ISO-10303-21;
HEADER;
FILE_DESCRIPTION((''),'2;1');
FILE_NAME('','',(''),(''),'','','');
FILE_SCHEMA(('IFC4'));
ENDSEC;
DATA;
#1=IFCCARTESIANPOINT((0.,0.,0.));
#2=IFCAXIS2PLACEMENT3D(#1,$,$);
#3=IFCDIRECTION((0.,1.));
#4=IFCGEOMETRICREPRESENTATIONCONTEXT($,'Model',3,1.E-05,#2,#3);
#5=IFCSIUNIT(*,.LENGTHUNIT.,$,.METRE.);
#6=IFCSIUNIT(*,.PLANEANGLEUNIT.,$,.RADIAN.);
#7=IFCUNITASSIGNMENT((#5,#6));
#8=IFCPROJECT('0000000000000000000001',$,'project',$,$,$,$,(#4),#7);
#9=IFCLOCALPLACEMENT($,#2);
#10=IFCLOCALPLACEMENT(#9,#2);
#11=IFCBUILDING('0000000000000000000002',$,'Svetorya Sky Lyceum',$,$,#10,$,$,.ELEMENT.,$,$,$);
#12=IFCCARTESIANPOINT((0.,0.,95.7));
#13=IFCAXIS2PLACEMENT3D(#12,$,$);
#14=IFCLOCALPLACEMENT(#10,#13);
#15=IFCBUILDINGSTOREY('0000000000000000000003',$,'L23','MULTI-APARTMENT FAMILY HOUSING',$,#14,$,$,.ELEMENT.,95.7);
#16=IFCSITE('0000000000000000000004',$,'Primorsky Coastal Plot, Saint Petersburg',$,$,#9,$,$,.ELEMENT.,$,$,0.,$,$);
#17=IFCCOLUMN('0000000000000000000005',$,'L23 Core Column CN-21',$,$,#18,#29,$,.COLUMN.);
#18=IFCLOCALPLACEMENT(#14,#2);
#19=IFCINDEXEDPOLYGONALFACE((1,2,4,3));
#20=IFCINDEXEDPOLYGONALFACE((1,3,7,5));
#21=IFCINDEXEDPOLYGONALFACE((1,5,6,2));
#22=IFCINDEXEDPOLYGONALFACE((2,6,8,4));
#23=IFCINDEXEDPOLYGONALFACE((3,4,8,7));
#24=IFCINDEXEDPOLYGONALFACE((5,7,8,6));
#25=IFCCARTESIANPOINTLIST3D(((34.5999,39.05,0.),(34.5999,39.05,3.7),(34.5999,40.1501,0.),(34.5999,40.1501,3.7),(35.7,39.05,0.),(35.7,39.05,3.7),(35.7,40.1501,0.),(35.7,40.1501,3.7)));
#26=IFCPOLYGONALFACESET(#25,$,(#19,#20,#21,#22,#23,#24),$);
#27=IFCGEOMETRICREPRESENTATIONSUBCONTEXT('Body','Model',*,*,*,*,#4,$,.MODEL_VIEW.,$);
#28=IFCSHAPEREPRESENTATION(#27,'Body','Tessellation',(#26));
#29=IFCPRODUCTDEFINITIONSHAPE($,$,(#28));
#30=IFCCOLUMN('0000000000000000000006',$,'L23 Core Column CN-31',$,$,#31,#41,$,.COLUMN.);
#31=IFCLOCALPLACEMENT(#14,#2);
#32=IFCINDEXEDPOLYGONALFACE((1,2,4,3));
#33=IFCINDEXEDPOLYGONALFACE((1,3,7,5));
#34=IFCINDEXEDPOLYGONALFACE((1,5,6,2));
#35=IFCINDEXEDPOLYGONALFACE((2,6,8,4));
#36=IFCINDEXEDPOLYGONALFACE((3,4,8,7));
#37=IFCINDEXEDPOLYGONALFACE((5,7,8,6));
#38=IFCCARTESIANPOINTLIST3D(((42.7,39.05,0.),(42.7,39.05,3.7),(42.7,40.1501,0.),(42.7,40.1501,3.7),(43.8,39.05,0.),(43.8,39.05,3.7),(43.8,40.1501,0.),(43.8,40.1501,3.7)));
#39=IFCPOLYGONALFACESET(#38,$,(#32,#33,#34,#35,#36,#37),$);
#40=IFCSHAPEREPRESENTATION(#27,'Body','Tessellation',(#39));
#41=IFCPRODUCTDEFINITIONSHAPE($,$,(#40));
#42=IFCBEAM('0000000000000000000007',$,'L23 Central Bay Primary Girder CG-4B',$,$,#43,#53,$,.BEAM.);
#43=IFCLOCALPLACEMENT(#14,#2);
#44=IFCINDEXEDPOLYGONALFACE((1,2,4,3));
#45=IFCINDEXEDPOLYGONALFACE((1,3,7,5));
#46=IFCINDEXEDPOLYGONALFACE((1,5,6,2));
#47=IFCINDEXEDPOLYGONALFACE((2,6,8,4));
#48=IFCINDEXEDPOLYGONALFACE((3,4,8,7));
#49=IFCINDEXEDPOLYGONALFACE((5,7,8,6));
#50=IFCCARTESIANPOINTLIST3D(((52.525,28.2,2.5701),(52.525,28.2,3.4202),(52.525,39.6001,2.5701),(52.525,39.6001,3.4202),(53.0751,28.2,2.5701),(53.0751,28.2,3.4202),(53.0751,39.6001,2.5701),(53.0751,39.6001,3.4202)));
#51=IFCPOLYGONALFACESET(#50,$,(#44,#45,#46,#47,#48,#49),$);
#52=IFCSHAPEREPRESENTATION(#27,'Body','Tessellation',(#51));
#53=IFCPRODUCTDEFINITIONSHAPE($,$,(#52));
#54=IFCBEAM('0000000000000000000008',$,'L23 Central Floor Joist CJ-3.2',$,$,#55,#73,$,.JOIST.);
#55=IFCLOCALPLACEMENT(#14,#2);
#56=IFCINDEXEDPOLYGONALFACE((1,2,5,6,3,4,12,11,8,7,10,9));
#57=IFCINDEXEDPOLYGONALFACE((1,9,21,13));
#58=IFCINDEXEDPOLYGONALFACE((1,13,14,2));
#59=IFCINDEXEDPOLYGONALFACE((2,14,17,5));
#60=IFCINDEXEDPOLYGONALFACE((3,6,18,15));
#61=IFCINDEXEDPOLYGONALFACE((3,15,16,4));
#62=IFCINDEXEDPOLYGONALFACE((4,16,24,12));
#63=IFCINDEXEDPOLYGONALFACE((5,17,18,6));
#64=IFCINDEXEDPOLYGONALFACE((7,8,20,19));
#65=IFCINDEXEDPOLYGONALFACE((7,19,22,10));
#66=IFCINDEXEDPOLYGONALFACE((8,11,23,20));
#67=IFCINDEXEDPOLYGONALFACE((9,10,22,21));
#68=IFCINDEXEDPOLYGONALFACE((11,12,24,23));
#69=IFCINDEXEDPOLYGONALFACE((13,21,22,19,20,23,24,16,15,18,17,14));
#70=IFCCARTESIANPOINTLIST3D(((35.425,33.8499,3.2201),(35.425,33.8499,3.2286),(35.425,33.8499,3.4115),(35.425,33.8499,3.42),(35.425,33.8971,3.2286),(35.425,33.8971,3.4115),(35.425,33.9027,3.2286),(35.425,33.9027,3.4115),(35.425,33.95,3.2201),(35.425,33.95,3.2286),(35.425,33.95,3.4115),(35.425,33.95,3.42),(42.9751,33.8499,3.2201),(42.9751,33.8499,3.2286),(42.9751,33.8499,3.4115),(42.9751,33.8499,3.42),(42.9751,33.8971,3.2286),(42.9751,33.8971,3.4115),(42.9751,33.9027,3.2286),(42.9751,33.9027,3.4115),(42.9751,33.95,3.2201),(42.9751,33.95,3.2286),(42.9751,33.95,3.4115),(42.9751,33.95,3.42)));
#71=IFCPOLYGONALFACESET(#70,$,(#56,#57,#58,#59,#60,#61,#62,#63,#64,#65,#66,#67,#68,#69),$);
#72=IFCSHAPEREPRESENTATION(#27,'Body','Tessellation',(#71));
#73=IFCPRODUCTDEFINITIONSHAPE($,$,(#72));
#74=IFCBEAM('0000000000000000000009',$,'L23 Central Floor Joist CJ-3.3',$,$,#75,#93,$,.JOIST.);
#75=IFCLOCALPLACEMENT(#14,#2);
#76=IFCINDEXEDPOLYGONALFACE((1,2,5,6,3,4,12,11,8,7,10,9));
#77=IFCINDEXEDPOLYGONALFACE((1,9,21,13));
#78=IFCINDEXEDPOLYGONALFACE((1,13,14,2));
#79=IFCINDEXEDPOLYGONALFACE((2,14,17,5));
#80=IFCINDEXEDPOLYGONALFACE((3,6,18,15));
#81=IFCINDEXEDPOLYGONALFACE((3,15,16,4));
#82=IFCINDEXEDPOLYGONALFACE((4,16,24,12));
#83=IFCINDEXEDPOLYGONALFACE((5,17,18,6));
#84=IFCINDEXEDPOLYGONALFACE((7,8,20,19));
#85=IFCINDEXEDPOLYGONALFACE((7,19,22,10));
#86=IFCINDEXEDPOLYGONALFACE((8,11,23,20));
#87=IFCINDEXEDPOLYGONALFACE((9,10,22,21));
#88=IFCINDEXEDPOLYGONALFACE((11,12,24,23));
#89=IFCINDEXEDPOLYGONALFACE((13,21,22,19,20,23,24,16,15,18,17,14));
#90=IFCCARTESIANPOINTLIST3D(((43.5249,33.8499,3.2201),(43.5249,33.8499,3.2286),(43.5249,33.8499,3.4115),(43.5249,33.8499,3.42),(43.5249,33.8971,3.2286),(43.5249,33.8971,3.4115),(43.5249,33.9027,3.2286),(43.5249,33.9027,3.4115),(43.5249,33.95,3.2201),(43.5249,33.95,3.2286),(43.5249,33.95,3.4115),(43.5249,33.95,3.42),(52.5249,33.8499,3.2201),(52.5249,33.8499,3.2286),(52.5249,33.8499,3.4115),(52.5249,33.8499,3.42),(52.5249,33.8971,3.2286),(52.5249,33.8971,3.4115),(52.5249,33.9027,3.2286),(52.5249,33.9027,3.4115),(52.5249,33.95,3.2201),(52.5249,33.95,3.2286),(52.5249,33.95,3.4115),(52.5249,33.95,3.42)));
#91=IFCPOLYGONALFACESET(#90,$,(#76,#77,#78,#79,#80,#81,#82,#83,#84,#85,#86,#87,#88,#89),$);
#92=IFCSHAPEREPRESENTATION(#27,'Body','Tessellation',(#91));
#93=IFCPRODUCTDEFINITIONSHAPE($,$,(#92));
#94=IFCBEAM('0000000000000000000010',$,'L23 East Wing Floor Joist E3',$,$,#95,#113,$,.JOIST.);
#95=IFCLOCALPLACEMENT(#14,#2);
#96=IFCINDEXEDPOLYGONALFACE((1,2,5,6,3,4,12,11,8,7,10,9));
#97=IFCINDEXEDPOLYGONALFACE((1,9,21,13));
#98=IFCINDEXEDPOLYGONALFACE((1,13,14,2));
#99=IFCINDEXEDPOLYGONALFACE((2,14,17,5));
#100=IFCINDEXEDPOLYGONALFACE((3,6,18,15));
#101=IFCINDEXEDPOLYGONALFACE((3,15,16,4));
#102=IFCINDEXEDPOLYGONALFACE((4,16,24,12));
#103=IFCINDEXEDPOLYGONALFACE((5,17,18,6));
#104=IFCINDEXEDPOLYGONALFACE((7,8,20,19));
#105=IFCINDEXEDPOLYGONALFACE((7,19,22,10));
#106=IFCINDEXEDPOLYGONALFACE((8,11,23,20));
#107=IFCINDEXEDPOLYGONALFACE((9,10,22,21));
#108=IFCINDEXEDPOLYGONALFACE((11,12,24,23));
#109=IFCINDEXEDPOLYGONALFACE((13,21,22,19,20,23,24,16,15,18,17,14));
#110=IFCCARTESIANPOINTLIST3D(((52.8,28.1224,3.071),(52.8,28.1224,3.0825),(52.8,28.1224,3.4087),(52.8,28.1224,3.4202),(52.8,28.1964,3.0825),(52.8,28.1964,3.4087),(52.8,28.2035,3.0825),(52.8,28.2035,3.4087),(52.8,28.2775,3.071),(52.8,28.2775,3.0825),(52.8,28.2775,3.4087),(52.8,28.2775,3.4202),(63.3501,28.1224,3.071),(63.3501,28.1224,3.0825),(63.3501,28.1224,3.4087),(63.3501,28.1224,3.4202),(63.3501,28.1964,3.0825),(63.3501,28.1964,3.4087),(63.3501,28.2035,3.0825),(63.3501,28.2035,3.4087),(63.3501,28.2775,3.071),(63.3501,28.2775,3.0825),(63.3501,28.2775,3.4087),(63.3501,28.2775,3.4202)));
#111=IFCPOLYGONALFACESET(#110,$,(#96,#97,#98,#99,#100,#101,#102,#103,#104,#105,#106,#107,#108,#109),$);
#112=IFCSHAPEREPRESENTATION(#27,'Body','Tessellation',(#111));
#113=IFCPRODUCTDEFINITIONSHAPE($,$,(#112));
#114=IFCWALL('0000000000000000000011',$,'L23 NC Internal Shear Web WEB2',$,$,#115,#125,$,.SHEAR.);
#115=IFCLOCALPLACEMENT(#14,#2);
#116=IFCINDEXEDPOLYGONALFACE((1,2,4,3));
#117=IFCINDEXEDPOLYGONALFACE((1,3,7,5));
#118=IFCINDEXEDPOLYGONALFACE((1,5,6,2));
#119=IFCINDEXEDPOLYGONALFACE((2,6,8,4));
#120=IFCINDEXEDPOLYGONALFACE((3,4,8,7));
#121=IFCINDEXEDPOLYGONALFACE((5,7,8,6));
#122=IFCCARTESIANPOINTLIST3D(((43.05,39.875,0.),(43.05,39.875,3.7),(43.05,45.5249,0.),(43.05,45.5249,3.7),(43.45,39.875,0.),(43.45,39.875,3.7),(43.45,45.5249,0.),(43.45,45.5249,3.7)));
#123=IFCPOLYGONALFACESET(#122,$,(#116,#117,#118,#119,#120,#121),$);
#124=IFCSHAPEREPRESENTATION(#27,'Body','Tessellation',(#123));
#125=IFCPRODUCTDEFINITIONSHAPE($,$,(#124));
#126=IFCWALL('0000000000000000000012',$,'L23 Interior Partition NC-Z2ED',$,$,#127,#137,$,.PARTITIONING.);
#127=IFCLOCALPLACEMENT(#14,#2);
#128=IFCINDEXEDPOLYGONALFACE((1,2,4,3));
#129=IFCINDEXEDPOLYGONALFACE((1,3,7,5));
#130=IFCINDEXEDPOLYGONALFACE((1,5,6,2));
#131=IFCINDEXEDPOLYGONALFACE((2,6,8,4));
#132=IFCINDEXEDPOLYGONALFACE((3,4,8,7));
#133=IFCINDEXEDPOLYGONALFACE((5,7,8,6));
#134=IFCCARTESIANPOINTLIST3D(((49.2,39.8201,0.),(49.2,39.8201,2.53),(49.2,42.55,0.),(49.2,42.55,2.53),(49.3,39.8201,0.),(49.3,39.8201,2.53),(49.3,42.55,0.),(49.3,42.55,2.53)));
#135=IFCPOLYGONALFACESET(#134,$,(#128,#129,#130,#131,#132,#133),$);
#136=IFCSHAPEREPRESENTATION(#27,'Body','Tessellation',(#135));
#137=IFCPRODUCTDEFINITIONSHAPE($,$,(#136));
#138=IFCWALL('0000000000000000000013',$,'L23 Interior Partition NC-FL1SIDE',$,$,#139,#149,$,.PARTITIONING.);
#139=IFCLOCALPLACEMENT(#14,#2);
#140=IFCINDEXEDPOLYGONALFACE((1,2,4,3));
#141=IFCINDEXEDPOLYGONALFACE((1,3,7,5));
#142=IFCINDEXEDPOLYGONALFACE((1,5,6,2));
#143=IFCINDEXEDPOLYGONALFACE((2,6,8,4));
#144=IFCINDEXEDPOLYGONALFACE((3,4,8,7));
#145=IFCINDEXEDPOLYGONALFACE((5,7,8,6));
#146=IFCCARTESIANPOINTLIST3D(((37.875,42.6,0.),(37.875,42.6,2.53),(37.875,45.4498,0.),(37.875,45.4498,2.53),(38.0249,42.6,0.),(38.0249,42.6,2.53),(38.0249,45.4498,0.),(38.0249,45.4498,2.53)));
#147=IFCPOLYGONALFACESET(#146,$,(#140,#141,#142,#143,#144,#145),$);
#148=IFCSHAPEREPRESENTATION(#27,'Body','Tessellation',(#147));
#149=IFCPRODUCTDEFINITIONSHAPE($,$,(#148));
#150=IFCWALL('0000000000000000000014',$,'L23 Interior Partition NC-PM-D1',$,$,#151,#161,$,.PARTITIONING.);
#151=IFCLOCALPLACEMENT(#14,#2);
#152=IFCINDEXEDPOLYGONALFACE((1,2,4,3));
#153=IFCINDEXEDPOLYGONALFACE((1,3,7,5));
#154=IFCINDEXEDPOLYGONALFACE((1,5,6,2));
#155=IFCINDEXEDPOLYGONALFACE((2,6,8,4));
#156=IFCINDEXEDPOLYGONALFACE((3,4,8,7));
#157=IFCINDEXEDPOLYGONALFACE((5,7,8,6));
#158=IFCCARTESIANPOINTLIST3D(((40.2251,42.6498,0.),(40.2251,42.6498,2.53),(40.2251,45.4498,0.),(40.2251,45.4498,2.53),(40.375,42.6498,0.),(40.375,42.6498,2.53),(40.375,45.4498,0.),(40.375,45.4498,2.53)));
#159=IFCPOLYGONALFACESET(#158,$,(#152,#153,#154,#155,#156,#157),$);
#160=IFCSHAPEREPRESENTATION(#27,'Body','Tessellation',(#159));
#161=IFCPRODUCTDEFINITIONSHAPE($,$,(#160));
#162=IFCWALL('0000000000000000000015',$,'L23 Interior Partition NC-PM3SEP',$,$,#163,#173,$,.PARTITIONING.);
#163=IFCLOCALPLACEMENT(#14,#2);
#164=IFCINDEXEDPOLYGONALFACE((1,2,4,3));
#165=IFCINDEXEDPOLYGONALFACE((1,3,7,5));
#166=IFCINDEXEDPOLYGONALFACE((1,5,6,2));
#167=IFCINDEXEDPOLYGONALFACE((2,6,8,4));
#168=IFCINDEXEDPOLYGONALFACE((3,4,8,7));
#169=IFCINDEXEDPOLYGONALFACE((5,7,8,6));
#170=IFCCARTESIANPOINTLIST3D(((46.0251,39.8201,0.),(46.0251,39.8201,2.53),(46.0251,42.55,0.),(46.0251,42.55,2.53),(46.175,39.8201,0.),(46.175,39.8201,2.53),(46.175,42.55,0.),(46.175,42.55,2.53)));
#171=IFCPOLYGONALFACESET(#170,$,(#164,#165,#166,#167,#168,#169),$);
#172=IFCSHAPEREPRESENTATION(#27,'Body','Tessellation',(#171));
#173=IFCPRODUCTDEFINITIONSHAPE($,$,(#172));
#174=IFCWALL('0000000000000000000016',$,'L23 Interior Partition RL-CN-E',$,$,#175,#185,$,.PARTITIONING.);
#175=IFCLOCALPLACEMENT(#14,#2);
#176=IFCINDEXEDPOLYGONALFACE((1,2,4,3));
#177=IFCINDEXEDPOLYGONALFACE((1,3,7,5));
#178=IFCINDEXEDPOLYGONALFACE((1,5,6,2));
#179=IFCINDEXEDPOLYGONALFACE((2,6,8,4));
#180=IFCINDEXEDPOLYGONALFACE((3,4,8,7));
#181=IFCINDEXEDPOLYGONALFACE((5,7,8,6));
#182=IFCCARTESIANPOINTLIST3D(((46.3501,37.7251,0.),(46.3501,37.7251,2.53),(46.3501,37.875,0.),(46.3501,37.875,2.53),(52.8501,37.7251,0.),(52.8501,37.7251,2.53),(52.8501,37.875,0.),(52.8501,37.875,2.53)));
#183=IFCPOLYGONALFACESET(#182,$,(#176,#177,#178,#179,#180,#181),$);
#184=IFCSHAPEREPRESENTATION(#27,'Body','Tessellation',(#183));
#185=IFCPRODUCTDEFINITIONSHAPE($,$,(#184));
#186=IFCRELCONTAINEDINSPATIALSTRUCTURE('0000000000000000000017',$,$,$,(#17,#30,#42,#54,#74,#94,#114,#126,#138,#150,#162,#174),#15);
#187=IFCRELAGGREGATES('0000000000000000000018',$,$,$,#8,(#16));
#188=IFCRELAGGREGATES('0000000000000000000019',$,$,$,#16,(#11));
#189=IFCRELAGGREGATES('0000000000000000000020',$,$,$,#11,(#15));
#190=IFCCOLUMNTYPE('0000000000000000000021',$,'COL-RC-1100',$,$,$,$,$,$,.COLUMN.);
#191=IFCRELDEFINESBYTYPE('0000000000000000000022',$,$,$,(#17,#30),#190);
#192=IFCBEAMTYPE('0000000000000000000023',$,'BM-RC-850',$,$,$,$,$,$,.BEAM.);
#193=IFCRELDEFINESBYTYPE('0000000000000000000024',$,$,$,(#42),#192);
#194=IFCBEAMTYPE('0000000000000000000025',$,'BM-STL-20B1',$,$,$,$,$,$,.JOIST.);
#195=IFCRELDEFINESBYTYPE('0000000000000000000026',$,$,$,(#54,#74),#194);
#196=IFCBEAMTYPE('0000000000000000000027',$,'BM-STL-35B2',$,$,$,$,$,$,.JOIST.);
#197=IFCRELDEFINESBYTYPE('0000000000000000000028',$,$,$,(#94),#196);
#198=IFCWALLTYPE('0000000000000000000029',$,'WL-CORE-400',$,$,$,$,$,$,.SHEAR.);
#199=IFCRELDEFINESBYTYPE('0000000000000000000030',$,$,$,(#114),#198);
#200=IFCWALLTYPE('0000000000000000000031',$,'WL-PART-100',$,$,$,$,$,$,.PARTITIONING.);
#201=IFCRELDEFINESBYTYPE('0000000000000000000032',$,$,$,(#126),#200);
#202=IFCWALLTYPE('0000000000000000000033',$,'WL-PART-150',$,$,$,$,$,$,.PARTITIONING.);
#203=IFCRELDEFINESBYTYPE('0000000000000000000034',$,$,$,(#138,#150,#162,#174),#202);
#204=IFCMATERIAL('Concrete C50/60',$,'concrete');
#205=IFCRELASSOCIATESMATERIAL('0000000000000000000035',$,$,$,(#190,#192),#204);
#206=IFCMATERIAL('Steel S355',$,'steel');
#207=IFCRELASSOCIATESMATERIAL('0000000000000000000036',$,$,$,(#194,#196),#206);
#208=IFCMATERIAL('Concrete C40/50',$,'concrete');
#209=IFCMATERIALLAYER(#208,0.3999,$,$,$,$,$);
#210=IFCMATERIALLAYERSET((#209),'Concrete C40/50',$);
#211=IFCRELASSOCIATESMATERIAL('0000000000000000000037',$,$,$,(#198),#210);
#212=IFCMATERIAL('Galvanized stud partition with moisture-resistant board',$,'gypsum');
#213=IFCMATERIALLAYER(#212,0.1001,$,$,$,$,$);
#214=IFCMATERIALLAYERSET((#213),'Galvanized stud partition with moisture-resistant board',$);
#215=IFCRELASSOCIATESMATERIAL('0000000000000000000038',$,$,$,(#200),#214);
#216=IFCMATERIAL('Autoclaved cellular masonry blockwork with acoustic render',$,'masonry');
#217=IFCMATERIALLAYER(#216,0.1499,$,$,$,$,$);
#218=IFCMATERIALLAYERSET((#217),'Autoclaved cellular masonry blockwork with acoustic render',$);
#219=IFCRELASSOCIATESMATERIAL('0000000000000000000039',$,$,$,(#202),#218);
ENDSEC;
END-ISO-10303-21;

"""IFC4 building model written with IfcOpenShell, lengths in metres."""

from ifc_helpers import new_model, si_unit, direction, frame, frame_2d, origin, origin_2d, place, context, subcontext, project, spatial, rectangle, i_section, extrude, material, layer, layer_set, material_profile, profile_set, type_object, element, save


model = new_model("IFC4")

# Units and contexts
model_context = context("Model", 3, precision=1e-05, world=origin(), true_north=direction((0.0, 1.0)))
body_context = subcontext(model_context, "Body", "Model", "MODEL_VIEW")
ifc_project = project(units=[si_unit("LENGTHUNIT", "METRE"), si_unit("PLANEANGLEUNIT", "RADIAN")], contexts=[model_context])

# Site, building, storey
site_placement = place(None, origin())
site = spatial("IfcSite", under=ifc_project, at=site_placement, Name="Primorsky Coastal Plot, Saint Petersburg", CompositionType="ELEMENT", RefElevation=0.0)
building_placement = place(site_placement, origin())
building = spatial("IfcBuilding", under=site, at=building_placement, Name="Svetorya Sky Lyceum", CompositionType="ELEMENT")
storey_placement = place(building_placement, frame((0.0, 0.0, 95.7)))
storey = spatial("IfcBuildingStorey", under=building, at=storey_placement, Name="L23", Description="MULTI-APARTMENT FAMILY HOUSING", CompositionType="ELEMENT", Elevation=95.7)

# Columns
ifc_material_1 = material(Name="Concrete C50/60", Category="concrete")
ifc_material_profile_1 = material_profile(ifc_material_1, rectangle(XDim=1.1001, YDim=1.1001, at=origin_2d()), Name="RC COL 1100x1100")
ifc_profile_set_1 = profile_set([ifc_material_profile_1], Name="Concrete C50/60")
column_type = type_object("IfcColumnType", Name="COL-RC-1100", PredefinedType="COLUMN", material=ifc_profile_set_1)
for number, where, z_axis, x_axis, name in (
    (1, (35.1499, 39.6001, 0.0), (0.0, 0.0, 1.0), (1.0, 0.0, 0.0), "L23 Core Column CN-21"),
    (2, (43.25, 39.6001, 0.0), (0.0, 0.0, 1.0), (1.0, 0.0, 0.0), "L23 Core Column CN-31"),
):
    element("IfcColumn", number, at=place(storey_placement, frame(where, z_axis=z_axis, x_axis=x_axis)), inside=storey, type_object=column_type, Name=name, PredefinedType="COLUMN", context=body_context, shape_type="SweptSolid", body=[
        extrude(rectangle(XDim=1.1001, YDim=1.1001, at=origin_2d()), origin(), (0.0, 0.0, 1.0), 3.7),
    ])

# Beams
ifc_material_profile_2 = material_profile(ifc_material_1, rectangle(XDim=0.55, YDim=0.8501, at=origin_2d()), Name="RC BEAM 550x850")
ifc_profile_set_2 = profile_set([ifc_material_profile_2], Name="Concrete C50/60")
beam_type_1 = type_object("IfcBeamType", Name="BM-RC-850", PredefinedType="BEAM", material=ifc_profile_set_2)
beam_1_placement = place(storey_placement, frame((52.8, 28.2, 2.9951), z_axis=(0.0, 1.0, 0.0), x_axis=(-1.0, 0.0, 0.0)))
element("IfcBeam", 3, at=beam_1_placement, inside=storey, type_object=beam_type_1, Name="L23 Central Bay Primary Girder CG-4B", PredefinedType="BEAM", context=body_context, shape_type="SweptSolid", body=[
    extrude(rectangle(XDim=0.55, YDim=0.8501, at=origin_2d()), origin(), (0.0, 0.0, 1.0), 11.4001),
])
ifc_material_2 = material(Name="Steel S355", Category="steel")
ifc_material_profile_3 = material_profile(ifc_material_2, i_section(OverallWidth=0.1001, OverallDepth=0.2, WebThickness=0.0056, FlangeThickness=0.0085, at=origin_2d()), Name="GOST 20B1")
ifc_profile_set_3 = profile_set([ifc_material_profile_3], Name="Steel S355")
beam_type_2 = type_object("IfcBeamType", Name="BM-STL-20B1", PredefinedType="JOIST", material=ifc_profile_set_3)
beam_2_placement = place(storey_placement, frame((35.425, 33.8999, 3.3201), z_axis=(1.0, 0.0, 0.0), x_axis=(0.0, 1.0, 0.0)))
element("IfcBeam", 4, at=beam_2_placement, inside=storey, type_object=beam_type_2, Name="L23 Central Floor Joist CJ-3.2", PredefinedType="JOIST", context=body_context, shape_type="SweptSolid", body=[
    extrude(i_section(OverallWidth=0.1001, OverallDepth=0.2, WebThickness=0.0056, FlangeThickness=0.0085, at=origin_2d()), origin(), (0.0, 0.0, 1.0), 7.55),
])
beam_3_placement = place(storey_placement, frame((43.5249, 33.8999, 3.3201), z_axis=(1.0, 0.0, 0.0), x_axis=(0.0, 1.0, 0.0)))
element("IfcBeam", 5, at=beam_3_placement, inside=storey, type_object=beam_type_2, Name="L23 Central Floor Joist CJ-3.3", PredefinedType="JOIST", context=body_context, shape_type="SweptSolid", body=[
    extrude(i_section(OverallWidth=0.1001, OverallDepth=0.2, WebThickness=0.0056, FlangeThickness=0.0085, at=origin_2d()), origin(), (0.0, 0.0, 1.0), 9.0),
])
ifc_material_profile_4 = material_profile(ifc_material_2, i_section(OverallWidth=0.155, OverallDepth=0.3491, WebThickness=0.0071, FlangeThickness=0.0115, at=origin_2d()), Name="GOST 35B2")
ifc_profile_set_4 = profile_set([ifc_material_profile_4], Name="Steel S355")
beam_type_3 = type_object("IfcBeamType", Name="BM-STL-35B2", PredefinedType="JOIST", material=ifc_profile_set_4)
beam_4_placement = place(storey_placement, frame((52.8, 28.2, 3.2456), z_axis=(1.0, 0.0, 0.0), x_axis=(0.0, 1.0, 0.0)))
element("IfcBeam", 6, at=beam_4_placement, inside=storey, type_object=beam_type_3, Name="L23 East Wing Floor Joist E3", PredefinedType="JOIST", context=body_context, shape_type="SweptSolid", body=[
    extrude(i_section(OverallWidth=0.155, OverallDepth=0.3491, WebThickness=0.0071, FlangeThickness=0.0115, at=origin_2d()), origin(), (0.0, 0.0, 1.0), 10.55),
])

# Walls
ifc_material_3 = material(Name="Concrete C40/50", Category="concrete")
ifc_layer_1 = layer(ifc_material_3, 0.3999)
ifc_layer_set_1 = layer_set([ifc_layer_1], Name="Concrete C40/50")
wall_type_1 = type_object("IfcWallType", Name="WL-CORE-400", PredefinedType="SHEAR", material=ifc_layer_set_1)
wall_1_placement = place(storey_placement, frame((43.25, 39.875, 0.0), z_axis=(0.0, 0.0, 1.0), x_axis=(0.0, 1.0, 0.0)))
element("IfcWall", 7, at=wall_1_placement, inside=storey, type_object=wall_type_1, Name="L23 NC Internal Shear Web WEB2", PredefinedType="SHEAR", context=body_context, shape_type="SweptSolid", body=[
    extrude(rectangle(XDim=5.6499, YDim=0.3999, at=frame_2d((2.825, 0.0))), origin(), (0.0, 0.0, 1.0), 3.7),
])
ifc_material_4 = material(Name="Galvanized stud partition with moisture-resistant board", Category="gypsum")
ifc_layer_2 = layer(ifc_material_4, 0.1001)
ifc_layer_set_2 = layer_set([ifc_layer_2], Name="Galvanized stud partition with moisture-resistant board")
wall_type_2 = type_object("IfcWallType", Name="WL-PART-100", PredefinedType="PARTITIONING", material=ifc_layer_set_2)
wall_2_placement = place(storey_placement, frame((49.25, 39.8201, 0.0), z_axis=(0.0, 0.0, 1.0), x_axis=(0.0, 1.0, 0.0)))
element("IfcWall", 8, at=wall_2_placement, inside=storey, type_object=wall_type_2, Name="L23 Interior Partition NC-Z2ED", PredefinedType="PARTITIONING", context=body_context, shape_type="SweptSolid", body=[
    extrude(rectangle(XDim=2.73, YDim=0.1001, at=frame_2d((1.365, 0.0))), origin(), (0.0, 0.0, 1.0), 2.53),
])
ifc_material_5 = material(Name="Autoclaved cellular masonry blockwork with acoustic render", Category="masonry")
ifc_layer_3 = layer(ifc_material_5, 0.1499)
ifc_layer_set_3 = layer_set([ifc_layer_3], Name="Autoclaved cellular masonry blockwork with acoustic render")
wall_type_3 = type_object("IfcWallType", Name="WL-PART-150", PredefinedType="PARTITIONING", material=ifc_layer_set_3)
wall_3_placement = place(storey_placement, frame((37.95, 42.6001, 0.0), z_axis=(0.0, 0.0, 1.0), x_axis=(0.0, 1.0, 0.0)))
element("IfcWall", 9, at=wall_3_placement, inside=storey, type_object=wall_type_3, Name="L23 Interior Partition NC-FL1SIDE", PredefinedType="PARTITIONING", context=body_context, shape_type="SweptSolid", body=[
    extrude(rectangle(XDim=2.8499, YDim=0.1499, at=frame_2d((1.4248, 0.0))), origin(), (0.0, 0.0, 1.0), 2.53),
])
wall_4_placement = place(storey_placement, frame((40.3, 42.6499, 0.0), z_axis=(0.0, 0.0, 1.0), x_axis=(0.0, 1.0, 0.0)))
element("IfcWall", 10, at=wall_4_placement, inside=storey, type_object=wall_type_3, Name="L23 Interior Partition NC-PM-D1", PredefinedType="PARTITIONING", context=body_context, shape_type="SweptSolid", body=[
    extrude(rectangle(XDim=2.8, YDim=0.1499, at=frame_2d((1.3999, 0.0))), origin(), (0.0, 0.0, 1.0), 2.53),
])
wall_5_placement = place(storey_placement, frame((46.1001, 39.8201, 0.0), z_axis=(0.0, 0.0, 1.0), x_axis=(0.0, 1.0, 0.0)))
element("IfcWall", 11, at=wall_5_placement, inside=storey, type_object=wall_type_3, Name="L23 Interior Partition NC-PM3SEP", PredefinedType="PARTITIONING", context=body_context, shape_type="SweptSolid", body=[
    extrude(rectangle(XDim=2.73, YDim=0.1499, at=frame_2d((1.365, 0.0))), origin(), (0.0, 0.0, 1.0), 2.53),
])
wall_6_placement = place(storey_placement, frame((46.3501, 37.8, 0.0), z_axis=(0.0, 0.0, 1.0), x_axis=(1.0, 0.0, 0.0)))
element("IfcWall", 12, at=wall_6_placement, inside=storey, type_object=wall_type_3, Name="L23 Interior Partition RL-CN-E", PredefinedType="PARTITIONING", context=body_context, shape_type="SweptSolid", body=[
    extrude(rectangle(XDim=6.5, YDim=0.1499, at=frame_2d((3.25, 0.0))), origin(), (0.0, 0.0, 1.0), 2.53),
])

save(model, "model.ifc")
